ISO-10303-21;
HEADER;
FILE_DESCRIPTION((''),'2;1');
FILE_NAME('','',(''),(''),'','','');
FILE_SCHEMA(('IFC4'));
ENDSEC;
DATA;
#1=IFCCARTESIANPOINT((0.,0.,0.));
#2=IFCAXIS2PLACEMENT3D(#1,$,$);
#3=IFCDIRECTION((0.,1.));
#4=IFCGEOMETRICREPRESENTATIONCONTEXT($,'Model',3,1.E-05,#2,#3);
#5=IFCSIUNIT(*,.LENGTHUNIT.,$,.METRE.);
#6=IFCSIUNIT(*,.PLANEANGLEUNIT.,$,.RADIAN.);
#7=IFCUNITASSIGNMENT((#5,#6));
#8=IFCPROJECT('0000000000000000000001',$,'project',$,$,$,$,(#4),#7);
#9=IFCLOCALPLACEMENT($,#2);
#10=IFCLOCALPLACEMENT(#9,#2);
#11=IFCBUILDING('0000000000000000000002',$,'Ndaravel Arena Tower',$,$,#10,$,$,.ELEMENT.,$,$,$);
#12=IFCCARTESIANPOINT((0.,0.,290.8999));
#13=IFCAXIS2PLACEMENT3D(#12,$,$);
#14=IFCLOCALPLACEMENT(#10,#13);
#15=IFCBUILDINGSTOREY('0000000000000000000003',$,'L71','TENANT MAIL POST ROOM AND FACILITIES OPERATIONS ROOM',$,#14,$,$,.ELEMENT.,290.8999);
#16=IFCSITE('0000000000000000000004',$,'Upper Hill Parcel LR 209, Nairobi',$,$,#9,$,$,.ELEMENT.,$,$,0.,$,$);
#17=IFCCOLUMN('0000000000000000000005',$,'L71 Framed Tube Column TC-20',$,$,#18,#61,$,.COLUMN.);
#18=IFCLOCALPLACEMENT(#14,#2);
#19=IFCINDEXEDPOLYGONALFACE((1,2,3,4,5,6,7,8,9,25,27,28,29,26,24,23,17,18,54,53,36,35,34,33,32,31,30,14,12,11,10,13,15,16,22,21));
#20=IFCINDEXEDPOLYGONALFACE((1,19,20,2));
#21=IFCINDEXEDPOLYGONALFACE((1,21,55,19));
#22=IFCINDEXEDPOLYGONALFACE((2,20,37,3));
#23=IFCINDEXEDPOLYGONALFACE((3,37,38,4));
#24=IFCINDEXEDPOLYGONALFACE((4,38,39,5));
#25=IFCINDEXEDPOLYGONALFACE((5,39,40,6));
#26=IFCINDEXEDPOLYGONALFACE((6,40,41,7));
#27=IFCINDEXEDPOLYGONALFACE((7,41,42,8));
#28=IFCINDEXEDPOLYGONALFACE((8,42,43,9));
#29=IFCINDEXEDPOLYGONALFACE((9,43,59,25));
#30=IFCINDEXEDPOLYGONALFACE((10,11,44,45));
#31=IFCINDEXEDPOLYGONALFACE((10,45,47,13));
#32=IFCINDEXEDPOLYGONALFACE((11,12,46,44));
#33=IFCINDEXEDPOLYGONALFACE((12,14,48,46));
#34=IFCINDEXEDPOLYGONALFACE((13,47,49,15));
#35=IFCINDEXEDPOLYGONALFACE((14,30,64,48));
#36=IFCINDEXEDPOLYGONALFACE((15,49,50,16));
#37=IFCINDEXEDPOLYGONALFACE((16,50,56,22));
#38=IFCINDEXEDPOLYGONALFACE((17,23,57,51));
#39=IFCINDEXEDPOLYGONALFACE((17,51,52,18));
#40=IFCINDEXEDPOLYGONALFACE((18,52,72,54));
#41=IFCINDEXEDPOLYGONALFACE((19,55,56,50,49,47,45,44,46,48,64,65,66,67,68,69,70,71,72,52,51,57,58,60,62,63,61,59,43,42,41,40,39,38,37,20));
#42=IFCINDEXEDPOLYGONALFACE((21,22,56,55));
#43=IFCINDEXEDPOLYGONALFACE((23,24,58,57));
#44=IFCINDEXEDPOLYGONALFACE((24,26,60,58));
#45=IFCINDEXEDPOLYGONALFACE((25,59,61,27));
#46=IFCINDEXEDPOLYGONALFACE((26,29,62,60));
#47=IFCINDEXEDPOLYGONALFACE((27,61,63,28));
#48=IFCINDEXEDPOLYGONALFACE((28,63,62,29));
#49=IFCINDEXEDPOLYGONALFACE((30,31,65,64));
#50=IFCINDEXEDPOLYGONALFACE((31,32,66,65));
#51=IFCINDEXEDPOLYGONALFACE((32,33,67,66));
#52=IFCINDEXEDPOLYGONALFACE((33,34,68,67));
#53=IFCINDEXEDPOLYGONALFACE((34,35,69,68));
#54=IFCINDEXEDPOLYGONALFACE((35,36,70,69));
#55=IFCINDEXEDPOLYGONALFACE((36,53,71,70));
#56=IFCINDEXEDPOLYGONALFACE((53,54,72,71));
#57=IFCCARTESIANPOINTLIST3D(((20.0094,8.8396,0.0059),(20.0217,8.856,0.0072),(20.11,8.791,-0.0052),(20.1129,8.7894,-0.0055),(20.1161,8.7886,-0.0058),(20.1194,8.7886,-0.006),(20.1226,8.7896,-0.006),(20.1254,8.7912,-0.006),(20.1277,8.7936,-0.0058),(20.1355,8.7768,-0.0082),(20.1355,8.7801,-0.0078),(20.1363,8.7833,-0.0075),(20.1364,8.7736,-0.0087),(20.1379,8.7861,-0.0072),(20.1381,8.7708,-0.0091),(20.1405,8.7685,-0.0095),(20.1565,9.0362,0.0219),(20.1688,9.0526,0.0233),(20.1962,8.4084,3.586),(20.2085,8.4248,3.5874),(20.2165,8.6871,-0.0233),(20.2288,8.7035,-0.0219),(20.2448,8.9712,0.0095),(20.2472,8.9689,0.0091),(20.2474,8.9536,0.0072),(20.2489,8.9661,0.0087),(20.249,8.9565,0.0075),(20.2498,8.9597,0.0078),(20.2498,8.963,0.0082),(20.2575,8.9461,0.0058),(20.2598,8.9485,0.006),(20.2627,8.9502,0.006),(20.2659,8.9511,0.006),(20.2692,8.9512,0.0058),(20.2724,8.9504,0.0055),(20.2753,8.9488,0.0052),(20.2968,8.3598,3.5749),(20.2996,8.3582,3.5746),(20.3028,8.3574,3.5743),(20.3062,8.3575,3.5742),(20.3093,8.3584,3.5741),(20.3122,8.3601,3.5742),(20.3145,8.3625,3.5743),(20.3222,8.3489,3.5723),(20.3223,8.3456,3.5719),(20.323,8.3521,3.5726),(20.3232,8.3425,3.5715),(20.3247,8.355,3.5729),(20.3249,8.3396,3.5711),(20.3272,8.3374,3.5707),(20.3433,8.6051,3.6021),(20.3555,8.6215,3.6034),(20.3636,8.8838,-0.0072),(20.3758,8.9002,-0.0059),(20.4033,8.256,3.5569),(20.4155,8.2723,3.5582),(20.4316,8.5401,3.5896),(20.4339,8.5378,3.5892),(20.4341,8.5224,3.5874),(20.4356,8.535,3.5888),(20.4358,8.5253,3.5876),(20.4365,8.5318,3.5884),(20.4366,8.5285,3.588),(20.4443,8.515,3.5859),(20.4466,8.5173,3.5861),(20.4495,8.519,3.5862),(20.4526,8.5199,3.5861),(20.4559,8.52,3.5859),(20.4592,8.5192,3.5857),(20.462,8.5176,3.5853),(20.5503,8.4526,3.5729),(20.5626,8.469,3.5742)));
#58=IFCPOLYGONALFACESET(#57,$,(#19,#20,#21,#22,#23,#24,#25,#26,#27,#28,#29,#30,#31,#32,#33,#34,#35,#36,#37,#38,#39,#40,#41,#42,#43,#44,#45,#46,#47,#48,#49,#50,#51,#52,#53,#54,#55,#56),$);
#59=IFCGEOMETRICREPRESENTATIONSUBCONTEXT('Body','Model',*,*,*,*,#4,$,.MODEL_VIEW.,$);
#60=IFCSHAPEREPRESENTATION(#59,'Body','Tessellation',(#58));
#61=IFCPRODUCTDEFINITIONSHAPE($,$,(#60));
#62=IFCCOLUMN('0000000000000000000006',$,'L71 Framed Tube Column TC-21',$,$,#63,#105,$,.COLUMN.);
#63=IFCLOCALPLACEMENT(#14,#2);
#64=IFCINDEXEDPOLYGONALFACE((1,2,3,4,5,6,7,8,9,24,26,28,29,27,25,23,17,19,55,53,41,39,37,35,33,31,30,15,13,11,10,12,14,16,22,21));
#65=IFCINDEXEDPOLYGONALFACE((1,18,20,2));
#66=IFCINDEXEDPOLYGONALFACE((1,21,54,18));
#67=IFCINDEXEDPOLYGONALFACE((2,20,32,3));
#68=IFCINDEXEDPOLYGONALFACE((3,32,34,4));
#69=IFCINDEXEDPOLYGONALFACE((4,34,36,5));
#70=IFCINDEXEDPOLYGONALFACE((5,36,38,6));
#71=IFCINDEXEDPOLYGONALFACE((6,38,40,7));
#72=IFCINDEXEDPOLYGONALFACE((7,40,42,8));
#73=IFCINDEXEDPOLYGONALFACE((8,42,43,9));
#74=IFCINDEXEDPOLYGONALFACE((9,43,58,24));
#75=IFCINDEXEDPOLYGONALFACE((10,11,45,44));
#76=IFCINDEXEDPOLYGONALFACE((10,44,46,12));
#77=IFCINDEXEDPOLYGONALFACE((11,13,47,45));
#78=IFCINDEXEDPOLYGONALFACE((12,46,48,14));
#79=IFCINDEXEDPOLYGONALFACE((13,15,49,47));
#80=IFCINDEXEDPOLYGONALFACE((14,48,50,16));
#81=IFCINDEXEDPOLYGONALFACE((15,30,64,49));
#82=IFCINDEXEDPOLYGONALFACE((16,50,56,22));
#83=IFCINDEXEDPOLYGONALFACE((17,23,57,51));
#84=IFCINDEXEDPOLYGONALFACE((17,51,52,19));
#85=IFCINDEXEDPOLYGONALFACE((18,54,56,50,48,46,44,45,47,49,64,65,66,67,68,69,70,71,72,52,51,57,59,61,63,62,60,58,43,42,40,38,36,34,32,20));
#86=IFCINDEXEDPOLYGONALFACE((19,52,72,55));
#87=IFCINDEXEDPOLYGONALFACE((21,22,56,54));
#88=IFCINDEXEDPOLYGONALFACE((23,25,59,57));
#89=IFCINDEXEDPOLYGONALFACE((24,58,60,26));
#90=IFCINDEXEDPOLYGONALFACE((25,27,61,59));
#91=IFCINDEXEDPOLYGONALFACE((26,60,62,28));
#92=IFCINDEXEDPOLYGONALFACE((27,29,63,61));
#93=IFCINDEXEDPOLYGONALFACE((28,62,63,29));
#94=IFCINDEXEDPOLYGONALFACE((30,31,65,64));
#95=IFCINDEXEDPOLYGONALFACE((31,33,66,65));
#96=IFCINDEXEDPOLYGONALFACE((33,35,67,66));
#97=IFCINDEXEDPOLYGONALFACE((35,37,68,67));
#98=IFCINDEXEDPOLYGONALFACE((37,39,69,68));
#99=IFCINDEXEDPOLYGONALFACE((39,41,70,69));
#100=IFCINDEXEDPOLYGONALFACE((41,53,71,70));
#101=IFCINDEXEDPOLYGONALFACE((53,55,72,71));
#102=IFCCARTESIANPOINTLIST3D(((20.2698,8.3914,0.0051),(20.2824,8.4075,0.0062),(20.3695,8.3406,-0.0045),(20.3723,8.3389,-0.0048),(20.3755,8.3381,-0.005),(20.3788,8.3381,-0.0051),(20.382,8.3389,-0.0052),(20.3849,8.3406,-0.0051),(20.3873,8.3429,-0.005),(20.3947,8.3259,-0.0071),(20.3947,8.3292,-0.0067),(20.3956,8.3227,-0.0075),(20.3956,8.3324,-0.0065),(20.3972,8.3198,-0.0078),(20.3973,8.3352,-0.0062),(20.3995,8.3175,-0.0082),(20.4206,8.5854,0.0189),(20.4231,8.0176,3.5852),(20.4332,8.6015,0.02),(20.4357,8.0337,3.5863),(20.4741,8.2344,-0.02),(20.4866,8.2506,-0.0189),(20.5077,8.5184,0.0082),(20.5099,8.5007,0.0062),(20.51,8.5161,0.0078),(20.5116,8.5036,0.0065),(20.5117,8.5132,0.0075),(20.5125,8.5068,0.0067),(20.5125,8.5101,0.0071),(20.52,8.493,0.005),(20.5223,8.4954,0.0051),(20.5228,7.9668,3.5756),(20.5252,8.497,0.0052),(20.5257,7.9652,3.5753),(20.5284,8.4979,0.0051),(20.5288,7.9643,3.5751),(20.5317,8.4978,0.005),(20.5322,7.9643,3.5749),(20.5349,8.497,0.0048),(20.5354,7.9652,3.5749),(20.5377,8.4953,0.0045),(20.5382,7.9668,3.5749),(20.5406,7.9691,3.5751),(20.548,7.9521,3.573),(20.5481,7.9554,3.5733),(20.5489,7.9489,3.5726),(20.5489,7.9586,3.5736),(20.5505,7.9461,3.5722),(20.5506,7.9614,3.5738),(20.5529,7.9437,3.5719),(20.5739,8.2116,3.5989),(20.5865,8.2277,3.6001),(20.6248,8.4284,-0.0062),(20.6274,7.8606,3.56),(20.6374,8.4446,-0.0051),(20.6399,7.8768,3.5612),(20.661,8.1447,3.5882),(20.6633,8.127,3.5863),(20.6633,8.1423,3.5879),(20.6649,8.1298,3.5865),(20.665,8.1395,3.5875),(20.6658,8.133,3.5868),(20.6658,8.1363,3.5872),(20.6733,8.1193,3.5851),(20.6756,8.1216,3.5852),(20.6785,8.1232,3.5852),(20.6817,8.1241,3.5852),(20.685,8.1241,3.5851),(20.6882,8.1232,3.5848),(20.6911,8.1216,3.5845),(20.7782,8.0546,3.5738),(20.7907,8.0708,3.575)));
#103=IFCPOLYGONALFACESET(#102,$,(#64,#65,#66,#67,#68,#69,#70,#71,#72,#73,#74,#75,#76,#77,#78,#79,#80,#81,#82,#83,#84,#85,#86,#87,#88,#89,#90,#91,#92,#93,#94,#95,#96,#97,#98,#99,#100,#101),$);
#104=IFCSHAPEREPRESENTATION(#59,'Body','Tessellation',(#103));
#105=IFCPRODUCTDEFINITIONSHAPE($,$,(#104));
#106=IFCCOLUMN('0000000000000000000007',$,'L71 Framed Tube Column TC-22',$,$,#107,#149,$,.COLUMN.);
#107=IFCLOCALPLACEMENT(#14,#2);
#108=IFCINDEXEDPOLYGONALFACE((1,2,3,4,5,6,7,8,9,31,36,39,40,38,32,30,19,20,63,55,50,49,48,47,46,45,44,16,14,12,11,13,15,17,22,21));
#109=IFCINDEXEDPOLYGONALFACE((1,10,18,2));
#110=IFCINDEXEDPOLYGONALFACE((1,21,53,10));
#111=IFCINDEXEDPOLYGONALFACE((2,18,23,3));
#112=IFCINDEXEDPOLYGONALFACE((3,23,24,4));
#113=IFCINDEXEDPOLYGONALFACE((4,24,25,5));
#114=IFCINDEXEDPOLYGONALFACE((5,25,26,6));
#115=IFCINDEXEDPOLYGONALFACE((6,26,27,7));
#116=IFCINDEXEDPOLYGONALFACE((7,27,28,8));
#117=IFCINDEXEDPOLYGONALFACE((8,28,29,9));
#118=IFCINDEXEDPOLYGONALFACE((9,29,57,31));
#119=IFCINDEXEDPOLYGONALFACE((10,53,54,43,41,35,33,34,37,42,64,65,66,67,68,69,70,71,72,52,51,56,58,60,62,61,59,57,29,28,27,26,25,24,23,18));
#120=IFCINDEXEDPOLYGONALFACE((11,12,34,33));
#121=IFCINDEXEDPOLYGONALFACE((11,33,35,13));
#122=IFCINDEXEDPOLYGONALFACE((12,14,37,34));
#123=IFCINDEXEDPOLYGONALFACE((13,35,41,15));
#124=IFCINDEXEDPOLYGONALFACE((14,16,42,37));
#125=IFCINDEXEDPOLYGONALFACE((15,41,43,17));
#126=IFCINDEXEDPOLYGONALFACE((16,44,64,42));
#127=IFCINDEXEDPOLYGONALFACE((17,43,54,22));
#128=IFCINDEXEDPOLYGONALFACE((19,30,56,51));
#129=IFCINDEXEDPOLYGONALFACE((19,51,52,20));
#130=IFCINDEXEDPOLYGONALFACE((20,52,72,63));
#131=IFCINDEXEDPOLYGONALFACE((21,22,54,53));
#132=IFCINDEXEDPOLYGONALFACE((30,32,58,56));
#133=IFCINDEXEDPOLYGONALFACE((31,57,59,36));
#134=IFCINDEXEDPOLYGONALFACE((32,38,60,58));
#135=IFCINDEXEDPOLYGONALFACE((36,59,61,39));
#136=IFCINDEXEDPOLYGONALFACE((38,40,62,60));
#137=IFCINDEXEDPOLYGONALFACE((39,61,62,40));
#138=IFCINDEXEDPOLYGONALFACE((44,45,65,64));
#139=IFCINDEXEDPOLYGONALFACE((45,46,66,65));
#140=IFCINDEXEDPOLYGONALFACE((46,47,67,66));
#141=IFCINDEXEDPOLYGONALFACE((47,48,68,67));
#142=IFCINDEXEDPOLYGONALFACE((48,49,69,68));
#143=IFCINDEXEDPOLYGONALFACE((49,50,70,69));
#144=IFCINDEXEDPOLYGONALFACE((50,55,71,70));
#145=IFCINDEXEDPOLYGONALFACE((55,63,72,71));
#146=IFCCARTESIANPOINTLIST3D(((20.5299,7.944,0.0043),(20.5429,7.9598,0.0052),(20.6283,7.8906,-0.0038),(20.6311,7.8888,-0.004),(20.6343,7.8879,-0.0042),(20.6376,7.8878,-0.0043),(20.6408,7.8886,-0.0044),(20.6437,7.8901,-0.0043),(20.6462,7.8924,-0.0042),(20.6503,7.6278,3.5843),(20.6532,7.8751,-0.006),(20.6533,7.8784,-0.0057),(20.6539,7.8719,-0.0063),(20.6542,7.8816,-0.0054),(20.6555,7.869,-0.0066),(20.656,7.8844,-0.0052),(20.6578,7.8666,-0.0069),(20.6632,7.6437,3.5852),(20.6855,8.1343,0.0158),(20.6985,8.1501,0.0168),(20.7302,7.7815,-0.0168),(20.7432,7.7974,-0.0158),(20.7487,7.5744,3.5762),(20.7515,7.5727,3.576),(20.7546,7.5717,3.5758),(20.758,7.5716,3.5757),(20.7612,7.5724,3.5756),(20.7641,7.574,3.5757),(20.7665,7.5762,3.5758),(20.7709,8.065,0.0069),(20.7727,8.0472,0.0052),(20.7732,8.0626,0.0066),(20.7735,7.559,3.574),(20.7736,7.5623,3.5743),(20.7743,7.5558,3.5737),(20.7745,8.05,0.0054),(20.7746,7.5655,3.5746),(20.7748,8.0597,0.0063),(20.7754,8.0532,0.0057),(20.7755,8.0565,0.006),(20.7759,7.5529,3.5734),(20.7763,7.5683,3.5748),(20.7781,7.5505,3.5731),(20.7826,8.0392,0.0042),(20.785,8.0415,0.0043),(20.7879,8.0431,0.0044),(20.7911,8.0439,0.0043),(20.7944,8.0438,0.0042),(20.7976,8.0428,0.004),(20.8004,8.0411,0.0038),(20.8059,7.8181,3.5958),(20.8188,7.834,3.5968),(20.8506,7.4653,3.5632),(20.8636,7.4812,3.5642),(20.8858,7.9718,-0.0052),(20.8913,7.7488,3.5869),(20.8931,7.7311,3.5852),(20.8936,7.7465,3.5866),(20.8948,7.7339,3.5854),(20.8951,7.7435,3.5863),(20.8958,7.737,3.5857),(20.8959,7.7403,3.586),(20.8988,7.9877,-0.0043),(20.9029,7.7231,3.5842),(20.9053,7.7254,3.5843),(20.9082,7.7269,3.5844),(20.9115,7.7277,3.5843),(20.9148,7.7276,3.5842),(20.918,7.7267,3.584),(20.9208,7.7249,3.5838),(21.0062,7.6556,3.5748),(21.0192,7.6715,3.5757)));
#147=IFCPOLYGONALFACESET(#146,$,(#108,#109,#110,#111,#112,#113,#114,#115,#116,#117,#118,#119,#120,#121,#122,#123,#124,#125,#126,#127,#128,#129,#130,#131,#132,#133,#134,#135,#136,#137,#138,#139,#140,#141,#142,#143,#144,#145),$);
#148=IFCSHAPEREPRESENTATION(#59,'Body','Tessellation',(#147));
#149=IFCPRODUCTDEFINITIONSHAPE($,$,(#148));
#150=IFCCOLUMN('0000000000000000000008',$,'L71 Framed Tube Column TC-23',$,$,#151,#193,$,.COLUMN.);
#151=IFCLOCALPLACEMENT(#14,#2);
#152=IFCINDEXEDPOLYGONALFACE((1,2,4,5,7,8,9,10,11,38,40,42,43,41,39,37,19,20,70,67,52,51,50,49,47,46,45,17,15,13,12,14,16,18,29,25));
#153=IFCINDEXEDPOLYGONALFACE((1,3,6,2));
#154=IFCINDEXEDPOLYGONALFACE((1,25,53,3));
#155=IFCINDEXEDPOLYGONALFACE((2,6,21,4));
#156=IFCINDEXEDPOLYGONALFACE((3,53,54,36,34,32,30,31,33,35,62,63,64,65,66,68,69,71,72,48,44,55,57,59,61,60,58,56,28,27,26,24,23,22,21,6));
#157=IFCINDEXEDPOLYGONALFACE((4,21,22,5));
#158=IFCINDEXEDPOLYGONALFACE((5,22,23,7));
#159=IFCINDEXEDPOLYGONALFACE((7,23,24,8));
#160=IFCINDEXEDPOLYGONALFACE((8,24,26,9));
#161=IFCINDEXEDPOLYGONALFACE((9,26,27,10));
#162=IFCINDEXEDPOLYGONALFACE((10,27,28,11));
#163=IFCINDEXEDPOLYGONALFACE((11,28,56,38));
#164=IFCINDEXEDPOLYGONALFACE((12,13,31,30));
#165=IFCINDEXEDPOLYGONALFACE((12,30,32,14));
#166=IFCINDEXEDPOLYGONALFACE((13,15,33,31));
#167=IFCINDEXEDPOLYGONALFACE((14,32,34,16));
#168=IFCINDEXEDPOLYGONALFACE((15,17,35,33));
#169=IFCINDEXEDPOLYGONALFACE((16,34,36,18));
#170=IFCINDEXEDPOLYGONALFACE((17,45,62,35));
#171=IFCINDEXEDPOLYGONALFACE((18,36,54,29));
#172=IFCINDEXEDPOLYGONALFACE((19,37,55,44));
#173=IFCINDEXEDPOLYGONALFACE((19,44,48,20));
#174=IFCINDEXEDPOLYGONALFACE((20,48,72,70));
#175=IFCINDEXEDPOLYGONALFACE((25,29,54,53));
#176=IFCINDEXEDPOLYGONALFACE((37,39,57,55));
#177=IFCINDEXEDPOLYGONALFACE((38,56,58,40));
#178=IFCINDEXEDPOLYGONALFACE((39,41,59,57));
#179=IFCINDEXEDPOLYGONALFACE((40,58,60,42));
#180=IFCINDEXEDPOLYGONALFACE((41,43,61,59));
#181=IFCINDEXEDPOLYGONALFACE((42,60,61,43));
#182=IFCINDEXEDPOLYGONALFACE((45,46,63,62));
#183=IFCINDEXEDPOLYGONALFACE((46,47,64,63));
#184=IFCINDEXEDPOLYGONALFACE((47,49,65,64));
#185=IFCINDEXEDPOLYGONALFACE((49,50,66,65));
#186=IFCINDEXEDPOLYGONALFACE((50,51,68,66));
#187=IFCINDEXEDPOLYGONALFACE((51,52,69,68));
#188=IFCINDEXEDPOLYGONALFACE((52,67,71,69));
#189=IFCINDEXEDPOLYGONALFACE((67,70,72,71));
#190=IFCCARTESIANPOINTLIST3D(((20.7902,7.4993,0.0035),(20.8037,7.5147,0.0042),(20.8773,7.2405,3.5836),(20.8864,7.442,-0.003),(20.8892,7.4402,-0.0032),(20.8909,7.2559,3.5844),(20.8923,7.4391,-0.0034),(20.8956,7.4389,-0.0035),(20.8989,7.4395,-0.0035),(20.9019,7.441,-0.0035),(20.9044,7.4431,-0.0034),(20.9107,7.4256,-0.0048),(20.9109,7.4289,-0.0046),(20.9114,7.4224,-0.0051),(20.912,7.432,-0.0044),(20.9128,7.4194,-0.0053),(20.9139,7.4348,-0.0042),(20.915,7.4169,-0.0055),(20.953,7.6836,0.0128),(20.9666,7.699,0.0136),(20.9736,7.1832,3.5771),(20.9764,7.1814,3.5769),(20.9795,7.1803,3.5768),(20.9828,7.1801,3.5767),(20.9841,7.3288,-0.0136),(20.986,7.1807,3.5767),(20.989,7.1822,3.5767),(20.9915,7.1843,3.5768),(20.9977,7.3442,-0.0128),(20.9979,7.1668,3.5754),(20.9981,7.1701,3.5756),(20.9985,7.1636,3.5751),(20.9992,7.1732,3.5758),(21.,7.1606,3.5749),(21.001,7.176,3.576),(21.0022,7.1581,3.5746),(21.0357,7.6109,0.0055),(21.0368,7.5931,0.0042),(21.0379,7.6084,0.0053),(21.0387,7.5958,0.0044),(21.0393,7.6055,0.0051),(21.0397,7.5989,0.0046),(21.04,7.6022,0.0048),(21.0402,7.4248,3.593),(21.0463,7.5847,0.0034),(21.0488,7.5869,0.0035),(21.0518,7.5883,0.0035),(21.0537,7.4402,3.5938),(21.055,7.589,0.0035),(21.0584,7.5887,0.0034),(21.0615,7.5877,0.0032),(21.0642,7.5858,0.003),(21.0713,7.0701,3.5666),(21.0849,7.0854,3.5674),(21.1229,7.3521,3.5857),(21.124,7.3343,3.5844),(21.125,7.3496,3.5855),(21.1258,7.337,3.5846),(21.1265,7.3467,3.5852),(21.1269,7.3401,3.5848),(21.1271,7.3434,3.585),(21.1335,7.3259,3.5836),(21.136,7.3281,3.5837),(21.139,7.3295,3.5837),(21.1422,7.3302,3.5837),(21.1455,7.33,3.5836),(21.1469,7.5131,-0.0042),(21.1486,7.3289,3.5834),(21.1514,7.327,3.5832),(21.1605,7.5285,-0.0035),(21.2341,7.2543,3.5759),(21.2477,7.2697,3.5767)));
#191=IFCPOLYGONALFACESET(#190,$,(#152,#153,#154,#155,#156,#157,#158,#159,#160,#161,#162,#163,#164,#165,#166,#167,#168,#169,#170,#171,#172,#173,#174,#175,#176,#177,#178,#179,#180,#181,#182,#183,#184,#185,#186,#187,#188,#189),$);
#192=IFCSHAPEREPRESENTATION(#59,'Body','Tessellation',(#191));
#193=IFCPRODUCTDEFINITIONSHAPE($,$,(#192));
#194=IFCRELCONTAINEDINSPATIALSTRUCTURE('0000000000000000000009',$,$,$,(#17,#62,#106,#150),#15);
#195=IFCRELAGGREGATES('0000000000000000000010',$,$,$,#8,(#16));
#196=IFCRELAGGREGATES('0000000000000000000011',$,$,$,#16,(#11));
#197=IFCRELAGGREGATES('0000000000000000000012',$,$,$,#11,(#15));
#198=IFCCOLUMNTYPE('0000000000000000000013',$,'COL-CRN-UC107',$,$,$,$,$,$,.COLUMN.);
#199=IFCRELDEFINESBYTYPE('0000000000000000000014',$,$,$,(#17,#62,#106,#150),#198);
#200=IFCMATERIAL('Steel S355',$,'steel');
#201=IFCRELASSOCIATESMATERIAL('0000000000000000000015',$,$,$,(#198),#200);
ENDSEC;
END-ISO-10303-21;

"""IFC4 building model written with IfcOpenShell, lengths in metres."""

from ifc_helpers import new_model, si_unit, direction, frame, origin, origin_2d, place, context, subcontext, project, spatial, i_section, extrude, material, material_profile, profile_set, type_object, element, save


model = new_model("IFC4")

# Units and contexts
model_context = context("Model", 3, precision=1e-05, world=origin(), true_north=direction((0.0, 1.0)))
body_context = subcontext(model_context, "Body", "Model", "MODEL_VIEW")
ifc_project = project(units=[si_unit("LENGTHUNIT", "METRE"), si_unit("PLANEANGLEUNIT", "RADIAN")], contexts=[model_context])

# Site, building, storey
site_placement = place(None, origin())
site = spatial("IfcSite", under=ifc_project, at=site_placement, Name="Upper Hill Parcel LR 209, Nairobi", CompositionType="ELEMENT", RefElevation=0.0)
building_placement = place(site_placement, origin())
building = spatial("IfcBuilding", under=site, at=building_placement, Name="Ndaravel Arena Tower", CompositionType="ELEMENT")
storey_placement = place(building_placement, frame((0.0, 0.0, 290.8999)))
storey = spatial("IfcBuildingStorey", under=building, at=storey_placement, Name="L71", Description="TENANT MAIL POST ROOM AND FACILITIES OPERATIONS ROOM", CompositionType="ELEMENT", Elevation=290.8999)

# Columns
ifc_material_1 = material(Name="Steel S355", Category="steel")
ifc_material_profile_1 = material_profile(ifc_material_1, i_section(OverallWidth=0.2588, OverallDepth=0.2666, WebThickness=0.0127, FlangeThickness=0.0205, FilletRadius=0.0127, at=origin_2d()), Name="UC 254x254x107")
ifc_profile_set_1 = profile_set([ifc_material_profile_1], Name="Steel S355")
column_type = type_object("IfcColumnType", Name="COL-CRN-UC107", PredefinedType="COLUMN", material=ifc_profile_set_1)
column_1_placement = place(storey_placement, frame((20.1926, 8.8699, 0.0), z_axis=(0.051725, -0.119407, 0.991497), x_axis=(-0.800113, 0.589168, 0.112695)))
element("IfcColumn", 1, at=column_1_placement, inside=storey, type_object=column_type, Name="L71 Framed Tube Column TC-20", PredefinedType="COLUMN", context=body_context, shape_type="SweptSolid", body=[
    extrude(i_section(OverallWidth=0.2588, OverallDepth=0.2666, WebThickness=0.0127, FlangeThickness=0.0205, FilletRadius=0.0127, at=origin_2d()), origin(), (0.0, 0.0, 1.0), 3.6108),
])
column_2_placement = place(storey_placement, frame((20.4536, 8.418, 0.0), z_axis=(0.042556, -0.103747, 0.993693), x_axis=(-0.789182, 0.606433, 0.097112)))
element("IfcColumn", 2, at=column_2_placement, inside=storey, type_object=column_type, Name="L71 Framed Tube Column TC-21", PredefinedType="COLUMN", context=body_context, shape_type="SweptSolid", body=[
    extrude(i_section(OverallWidth=0.2588, OverallDepth=0.2666, WebThickness=0.0127, FlangeThickness=0.0205, FilletRadius=0.0127, at=origin_2d()), origin(), (0.0, 0.0, 1.0), 3.6028),
])
column_3_placement = place(storey_placement, frame((20.7144, 7.9658, 0.0), z_axis=(0.033471, -0.08792, 0.995565), x_axis=(-0.774036, 0.627877, 0.081472)))
element("IfcColumn", 3, at=column_3_placement, inside=storey, type_object=column_type, Name="L71 Framed Tube Column TC-22", PredefinedType="COLUMN", context=body_context, shape_type="SweptSolid", body=[
    extrude(i_section(OverallWidth=0.2588, OverallDepth=0.2666, WebThickness=0.0127, FlangeThickness=0.0205, FilletRadius=0.0127, at=origin_2d()), origin(), (0.0, 0.0, 1.0), 3.5959),
])
column_4_placement = place(storey_placement, frame((20.9753, 7.5139, 0.0), z_axis=(0.024275, -0.072077, 0.997104), x_axis=(-0.749462, 0.658763, 0.065865)))
element("IfcColumn", 4, at=column_4_placement, inside=storey, type_object=column_type, Name="L71 Framed Tube Column TC-23", PredefinedType="COLUMN", context=body_context, shape_type="SweptSolid", body=[
    extrude(i_section(OverallWidth=0.2588, OverallDepth=0.2666, WebThickness=0.0127, FlangeThickness=0.0205, FilletRadius=0.0127, at=origin_2d()), origin(), (0.0, 0.0, 1.0), 3.5906),
])

save(model, "model.ifc")
